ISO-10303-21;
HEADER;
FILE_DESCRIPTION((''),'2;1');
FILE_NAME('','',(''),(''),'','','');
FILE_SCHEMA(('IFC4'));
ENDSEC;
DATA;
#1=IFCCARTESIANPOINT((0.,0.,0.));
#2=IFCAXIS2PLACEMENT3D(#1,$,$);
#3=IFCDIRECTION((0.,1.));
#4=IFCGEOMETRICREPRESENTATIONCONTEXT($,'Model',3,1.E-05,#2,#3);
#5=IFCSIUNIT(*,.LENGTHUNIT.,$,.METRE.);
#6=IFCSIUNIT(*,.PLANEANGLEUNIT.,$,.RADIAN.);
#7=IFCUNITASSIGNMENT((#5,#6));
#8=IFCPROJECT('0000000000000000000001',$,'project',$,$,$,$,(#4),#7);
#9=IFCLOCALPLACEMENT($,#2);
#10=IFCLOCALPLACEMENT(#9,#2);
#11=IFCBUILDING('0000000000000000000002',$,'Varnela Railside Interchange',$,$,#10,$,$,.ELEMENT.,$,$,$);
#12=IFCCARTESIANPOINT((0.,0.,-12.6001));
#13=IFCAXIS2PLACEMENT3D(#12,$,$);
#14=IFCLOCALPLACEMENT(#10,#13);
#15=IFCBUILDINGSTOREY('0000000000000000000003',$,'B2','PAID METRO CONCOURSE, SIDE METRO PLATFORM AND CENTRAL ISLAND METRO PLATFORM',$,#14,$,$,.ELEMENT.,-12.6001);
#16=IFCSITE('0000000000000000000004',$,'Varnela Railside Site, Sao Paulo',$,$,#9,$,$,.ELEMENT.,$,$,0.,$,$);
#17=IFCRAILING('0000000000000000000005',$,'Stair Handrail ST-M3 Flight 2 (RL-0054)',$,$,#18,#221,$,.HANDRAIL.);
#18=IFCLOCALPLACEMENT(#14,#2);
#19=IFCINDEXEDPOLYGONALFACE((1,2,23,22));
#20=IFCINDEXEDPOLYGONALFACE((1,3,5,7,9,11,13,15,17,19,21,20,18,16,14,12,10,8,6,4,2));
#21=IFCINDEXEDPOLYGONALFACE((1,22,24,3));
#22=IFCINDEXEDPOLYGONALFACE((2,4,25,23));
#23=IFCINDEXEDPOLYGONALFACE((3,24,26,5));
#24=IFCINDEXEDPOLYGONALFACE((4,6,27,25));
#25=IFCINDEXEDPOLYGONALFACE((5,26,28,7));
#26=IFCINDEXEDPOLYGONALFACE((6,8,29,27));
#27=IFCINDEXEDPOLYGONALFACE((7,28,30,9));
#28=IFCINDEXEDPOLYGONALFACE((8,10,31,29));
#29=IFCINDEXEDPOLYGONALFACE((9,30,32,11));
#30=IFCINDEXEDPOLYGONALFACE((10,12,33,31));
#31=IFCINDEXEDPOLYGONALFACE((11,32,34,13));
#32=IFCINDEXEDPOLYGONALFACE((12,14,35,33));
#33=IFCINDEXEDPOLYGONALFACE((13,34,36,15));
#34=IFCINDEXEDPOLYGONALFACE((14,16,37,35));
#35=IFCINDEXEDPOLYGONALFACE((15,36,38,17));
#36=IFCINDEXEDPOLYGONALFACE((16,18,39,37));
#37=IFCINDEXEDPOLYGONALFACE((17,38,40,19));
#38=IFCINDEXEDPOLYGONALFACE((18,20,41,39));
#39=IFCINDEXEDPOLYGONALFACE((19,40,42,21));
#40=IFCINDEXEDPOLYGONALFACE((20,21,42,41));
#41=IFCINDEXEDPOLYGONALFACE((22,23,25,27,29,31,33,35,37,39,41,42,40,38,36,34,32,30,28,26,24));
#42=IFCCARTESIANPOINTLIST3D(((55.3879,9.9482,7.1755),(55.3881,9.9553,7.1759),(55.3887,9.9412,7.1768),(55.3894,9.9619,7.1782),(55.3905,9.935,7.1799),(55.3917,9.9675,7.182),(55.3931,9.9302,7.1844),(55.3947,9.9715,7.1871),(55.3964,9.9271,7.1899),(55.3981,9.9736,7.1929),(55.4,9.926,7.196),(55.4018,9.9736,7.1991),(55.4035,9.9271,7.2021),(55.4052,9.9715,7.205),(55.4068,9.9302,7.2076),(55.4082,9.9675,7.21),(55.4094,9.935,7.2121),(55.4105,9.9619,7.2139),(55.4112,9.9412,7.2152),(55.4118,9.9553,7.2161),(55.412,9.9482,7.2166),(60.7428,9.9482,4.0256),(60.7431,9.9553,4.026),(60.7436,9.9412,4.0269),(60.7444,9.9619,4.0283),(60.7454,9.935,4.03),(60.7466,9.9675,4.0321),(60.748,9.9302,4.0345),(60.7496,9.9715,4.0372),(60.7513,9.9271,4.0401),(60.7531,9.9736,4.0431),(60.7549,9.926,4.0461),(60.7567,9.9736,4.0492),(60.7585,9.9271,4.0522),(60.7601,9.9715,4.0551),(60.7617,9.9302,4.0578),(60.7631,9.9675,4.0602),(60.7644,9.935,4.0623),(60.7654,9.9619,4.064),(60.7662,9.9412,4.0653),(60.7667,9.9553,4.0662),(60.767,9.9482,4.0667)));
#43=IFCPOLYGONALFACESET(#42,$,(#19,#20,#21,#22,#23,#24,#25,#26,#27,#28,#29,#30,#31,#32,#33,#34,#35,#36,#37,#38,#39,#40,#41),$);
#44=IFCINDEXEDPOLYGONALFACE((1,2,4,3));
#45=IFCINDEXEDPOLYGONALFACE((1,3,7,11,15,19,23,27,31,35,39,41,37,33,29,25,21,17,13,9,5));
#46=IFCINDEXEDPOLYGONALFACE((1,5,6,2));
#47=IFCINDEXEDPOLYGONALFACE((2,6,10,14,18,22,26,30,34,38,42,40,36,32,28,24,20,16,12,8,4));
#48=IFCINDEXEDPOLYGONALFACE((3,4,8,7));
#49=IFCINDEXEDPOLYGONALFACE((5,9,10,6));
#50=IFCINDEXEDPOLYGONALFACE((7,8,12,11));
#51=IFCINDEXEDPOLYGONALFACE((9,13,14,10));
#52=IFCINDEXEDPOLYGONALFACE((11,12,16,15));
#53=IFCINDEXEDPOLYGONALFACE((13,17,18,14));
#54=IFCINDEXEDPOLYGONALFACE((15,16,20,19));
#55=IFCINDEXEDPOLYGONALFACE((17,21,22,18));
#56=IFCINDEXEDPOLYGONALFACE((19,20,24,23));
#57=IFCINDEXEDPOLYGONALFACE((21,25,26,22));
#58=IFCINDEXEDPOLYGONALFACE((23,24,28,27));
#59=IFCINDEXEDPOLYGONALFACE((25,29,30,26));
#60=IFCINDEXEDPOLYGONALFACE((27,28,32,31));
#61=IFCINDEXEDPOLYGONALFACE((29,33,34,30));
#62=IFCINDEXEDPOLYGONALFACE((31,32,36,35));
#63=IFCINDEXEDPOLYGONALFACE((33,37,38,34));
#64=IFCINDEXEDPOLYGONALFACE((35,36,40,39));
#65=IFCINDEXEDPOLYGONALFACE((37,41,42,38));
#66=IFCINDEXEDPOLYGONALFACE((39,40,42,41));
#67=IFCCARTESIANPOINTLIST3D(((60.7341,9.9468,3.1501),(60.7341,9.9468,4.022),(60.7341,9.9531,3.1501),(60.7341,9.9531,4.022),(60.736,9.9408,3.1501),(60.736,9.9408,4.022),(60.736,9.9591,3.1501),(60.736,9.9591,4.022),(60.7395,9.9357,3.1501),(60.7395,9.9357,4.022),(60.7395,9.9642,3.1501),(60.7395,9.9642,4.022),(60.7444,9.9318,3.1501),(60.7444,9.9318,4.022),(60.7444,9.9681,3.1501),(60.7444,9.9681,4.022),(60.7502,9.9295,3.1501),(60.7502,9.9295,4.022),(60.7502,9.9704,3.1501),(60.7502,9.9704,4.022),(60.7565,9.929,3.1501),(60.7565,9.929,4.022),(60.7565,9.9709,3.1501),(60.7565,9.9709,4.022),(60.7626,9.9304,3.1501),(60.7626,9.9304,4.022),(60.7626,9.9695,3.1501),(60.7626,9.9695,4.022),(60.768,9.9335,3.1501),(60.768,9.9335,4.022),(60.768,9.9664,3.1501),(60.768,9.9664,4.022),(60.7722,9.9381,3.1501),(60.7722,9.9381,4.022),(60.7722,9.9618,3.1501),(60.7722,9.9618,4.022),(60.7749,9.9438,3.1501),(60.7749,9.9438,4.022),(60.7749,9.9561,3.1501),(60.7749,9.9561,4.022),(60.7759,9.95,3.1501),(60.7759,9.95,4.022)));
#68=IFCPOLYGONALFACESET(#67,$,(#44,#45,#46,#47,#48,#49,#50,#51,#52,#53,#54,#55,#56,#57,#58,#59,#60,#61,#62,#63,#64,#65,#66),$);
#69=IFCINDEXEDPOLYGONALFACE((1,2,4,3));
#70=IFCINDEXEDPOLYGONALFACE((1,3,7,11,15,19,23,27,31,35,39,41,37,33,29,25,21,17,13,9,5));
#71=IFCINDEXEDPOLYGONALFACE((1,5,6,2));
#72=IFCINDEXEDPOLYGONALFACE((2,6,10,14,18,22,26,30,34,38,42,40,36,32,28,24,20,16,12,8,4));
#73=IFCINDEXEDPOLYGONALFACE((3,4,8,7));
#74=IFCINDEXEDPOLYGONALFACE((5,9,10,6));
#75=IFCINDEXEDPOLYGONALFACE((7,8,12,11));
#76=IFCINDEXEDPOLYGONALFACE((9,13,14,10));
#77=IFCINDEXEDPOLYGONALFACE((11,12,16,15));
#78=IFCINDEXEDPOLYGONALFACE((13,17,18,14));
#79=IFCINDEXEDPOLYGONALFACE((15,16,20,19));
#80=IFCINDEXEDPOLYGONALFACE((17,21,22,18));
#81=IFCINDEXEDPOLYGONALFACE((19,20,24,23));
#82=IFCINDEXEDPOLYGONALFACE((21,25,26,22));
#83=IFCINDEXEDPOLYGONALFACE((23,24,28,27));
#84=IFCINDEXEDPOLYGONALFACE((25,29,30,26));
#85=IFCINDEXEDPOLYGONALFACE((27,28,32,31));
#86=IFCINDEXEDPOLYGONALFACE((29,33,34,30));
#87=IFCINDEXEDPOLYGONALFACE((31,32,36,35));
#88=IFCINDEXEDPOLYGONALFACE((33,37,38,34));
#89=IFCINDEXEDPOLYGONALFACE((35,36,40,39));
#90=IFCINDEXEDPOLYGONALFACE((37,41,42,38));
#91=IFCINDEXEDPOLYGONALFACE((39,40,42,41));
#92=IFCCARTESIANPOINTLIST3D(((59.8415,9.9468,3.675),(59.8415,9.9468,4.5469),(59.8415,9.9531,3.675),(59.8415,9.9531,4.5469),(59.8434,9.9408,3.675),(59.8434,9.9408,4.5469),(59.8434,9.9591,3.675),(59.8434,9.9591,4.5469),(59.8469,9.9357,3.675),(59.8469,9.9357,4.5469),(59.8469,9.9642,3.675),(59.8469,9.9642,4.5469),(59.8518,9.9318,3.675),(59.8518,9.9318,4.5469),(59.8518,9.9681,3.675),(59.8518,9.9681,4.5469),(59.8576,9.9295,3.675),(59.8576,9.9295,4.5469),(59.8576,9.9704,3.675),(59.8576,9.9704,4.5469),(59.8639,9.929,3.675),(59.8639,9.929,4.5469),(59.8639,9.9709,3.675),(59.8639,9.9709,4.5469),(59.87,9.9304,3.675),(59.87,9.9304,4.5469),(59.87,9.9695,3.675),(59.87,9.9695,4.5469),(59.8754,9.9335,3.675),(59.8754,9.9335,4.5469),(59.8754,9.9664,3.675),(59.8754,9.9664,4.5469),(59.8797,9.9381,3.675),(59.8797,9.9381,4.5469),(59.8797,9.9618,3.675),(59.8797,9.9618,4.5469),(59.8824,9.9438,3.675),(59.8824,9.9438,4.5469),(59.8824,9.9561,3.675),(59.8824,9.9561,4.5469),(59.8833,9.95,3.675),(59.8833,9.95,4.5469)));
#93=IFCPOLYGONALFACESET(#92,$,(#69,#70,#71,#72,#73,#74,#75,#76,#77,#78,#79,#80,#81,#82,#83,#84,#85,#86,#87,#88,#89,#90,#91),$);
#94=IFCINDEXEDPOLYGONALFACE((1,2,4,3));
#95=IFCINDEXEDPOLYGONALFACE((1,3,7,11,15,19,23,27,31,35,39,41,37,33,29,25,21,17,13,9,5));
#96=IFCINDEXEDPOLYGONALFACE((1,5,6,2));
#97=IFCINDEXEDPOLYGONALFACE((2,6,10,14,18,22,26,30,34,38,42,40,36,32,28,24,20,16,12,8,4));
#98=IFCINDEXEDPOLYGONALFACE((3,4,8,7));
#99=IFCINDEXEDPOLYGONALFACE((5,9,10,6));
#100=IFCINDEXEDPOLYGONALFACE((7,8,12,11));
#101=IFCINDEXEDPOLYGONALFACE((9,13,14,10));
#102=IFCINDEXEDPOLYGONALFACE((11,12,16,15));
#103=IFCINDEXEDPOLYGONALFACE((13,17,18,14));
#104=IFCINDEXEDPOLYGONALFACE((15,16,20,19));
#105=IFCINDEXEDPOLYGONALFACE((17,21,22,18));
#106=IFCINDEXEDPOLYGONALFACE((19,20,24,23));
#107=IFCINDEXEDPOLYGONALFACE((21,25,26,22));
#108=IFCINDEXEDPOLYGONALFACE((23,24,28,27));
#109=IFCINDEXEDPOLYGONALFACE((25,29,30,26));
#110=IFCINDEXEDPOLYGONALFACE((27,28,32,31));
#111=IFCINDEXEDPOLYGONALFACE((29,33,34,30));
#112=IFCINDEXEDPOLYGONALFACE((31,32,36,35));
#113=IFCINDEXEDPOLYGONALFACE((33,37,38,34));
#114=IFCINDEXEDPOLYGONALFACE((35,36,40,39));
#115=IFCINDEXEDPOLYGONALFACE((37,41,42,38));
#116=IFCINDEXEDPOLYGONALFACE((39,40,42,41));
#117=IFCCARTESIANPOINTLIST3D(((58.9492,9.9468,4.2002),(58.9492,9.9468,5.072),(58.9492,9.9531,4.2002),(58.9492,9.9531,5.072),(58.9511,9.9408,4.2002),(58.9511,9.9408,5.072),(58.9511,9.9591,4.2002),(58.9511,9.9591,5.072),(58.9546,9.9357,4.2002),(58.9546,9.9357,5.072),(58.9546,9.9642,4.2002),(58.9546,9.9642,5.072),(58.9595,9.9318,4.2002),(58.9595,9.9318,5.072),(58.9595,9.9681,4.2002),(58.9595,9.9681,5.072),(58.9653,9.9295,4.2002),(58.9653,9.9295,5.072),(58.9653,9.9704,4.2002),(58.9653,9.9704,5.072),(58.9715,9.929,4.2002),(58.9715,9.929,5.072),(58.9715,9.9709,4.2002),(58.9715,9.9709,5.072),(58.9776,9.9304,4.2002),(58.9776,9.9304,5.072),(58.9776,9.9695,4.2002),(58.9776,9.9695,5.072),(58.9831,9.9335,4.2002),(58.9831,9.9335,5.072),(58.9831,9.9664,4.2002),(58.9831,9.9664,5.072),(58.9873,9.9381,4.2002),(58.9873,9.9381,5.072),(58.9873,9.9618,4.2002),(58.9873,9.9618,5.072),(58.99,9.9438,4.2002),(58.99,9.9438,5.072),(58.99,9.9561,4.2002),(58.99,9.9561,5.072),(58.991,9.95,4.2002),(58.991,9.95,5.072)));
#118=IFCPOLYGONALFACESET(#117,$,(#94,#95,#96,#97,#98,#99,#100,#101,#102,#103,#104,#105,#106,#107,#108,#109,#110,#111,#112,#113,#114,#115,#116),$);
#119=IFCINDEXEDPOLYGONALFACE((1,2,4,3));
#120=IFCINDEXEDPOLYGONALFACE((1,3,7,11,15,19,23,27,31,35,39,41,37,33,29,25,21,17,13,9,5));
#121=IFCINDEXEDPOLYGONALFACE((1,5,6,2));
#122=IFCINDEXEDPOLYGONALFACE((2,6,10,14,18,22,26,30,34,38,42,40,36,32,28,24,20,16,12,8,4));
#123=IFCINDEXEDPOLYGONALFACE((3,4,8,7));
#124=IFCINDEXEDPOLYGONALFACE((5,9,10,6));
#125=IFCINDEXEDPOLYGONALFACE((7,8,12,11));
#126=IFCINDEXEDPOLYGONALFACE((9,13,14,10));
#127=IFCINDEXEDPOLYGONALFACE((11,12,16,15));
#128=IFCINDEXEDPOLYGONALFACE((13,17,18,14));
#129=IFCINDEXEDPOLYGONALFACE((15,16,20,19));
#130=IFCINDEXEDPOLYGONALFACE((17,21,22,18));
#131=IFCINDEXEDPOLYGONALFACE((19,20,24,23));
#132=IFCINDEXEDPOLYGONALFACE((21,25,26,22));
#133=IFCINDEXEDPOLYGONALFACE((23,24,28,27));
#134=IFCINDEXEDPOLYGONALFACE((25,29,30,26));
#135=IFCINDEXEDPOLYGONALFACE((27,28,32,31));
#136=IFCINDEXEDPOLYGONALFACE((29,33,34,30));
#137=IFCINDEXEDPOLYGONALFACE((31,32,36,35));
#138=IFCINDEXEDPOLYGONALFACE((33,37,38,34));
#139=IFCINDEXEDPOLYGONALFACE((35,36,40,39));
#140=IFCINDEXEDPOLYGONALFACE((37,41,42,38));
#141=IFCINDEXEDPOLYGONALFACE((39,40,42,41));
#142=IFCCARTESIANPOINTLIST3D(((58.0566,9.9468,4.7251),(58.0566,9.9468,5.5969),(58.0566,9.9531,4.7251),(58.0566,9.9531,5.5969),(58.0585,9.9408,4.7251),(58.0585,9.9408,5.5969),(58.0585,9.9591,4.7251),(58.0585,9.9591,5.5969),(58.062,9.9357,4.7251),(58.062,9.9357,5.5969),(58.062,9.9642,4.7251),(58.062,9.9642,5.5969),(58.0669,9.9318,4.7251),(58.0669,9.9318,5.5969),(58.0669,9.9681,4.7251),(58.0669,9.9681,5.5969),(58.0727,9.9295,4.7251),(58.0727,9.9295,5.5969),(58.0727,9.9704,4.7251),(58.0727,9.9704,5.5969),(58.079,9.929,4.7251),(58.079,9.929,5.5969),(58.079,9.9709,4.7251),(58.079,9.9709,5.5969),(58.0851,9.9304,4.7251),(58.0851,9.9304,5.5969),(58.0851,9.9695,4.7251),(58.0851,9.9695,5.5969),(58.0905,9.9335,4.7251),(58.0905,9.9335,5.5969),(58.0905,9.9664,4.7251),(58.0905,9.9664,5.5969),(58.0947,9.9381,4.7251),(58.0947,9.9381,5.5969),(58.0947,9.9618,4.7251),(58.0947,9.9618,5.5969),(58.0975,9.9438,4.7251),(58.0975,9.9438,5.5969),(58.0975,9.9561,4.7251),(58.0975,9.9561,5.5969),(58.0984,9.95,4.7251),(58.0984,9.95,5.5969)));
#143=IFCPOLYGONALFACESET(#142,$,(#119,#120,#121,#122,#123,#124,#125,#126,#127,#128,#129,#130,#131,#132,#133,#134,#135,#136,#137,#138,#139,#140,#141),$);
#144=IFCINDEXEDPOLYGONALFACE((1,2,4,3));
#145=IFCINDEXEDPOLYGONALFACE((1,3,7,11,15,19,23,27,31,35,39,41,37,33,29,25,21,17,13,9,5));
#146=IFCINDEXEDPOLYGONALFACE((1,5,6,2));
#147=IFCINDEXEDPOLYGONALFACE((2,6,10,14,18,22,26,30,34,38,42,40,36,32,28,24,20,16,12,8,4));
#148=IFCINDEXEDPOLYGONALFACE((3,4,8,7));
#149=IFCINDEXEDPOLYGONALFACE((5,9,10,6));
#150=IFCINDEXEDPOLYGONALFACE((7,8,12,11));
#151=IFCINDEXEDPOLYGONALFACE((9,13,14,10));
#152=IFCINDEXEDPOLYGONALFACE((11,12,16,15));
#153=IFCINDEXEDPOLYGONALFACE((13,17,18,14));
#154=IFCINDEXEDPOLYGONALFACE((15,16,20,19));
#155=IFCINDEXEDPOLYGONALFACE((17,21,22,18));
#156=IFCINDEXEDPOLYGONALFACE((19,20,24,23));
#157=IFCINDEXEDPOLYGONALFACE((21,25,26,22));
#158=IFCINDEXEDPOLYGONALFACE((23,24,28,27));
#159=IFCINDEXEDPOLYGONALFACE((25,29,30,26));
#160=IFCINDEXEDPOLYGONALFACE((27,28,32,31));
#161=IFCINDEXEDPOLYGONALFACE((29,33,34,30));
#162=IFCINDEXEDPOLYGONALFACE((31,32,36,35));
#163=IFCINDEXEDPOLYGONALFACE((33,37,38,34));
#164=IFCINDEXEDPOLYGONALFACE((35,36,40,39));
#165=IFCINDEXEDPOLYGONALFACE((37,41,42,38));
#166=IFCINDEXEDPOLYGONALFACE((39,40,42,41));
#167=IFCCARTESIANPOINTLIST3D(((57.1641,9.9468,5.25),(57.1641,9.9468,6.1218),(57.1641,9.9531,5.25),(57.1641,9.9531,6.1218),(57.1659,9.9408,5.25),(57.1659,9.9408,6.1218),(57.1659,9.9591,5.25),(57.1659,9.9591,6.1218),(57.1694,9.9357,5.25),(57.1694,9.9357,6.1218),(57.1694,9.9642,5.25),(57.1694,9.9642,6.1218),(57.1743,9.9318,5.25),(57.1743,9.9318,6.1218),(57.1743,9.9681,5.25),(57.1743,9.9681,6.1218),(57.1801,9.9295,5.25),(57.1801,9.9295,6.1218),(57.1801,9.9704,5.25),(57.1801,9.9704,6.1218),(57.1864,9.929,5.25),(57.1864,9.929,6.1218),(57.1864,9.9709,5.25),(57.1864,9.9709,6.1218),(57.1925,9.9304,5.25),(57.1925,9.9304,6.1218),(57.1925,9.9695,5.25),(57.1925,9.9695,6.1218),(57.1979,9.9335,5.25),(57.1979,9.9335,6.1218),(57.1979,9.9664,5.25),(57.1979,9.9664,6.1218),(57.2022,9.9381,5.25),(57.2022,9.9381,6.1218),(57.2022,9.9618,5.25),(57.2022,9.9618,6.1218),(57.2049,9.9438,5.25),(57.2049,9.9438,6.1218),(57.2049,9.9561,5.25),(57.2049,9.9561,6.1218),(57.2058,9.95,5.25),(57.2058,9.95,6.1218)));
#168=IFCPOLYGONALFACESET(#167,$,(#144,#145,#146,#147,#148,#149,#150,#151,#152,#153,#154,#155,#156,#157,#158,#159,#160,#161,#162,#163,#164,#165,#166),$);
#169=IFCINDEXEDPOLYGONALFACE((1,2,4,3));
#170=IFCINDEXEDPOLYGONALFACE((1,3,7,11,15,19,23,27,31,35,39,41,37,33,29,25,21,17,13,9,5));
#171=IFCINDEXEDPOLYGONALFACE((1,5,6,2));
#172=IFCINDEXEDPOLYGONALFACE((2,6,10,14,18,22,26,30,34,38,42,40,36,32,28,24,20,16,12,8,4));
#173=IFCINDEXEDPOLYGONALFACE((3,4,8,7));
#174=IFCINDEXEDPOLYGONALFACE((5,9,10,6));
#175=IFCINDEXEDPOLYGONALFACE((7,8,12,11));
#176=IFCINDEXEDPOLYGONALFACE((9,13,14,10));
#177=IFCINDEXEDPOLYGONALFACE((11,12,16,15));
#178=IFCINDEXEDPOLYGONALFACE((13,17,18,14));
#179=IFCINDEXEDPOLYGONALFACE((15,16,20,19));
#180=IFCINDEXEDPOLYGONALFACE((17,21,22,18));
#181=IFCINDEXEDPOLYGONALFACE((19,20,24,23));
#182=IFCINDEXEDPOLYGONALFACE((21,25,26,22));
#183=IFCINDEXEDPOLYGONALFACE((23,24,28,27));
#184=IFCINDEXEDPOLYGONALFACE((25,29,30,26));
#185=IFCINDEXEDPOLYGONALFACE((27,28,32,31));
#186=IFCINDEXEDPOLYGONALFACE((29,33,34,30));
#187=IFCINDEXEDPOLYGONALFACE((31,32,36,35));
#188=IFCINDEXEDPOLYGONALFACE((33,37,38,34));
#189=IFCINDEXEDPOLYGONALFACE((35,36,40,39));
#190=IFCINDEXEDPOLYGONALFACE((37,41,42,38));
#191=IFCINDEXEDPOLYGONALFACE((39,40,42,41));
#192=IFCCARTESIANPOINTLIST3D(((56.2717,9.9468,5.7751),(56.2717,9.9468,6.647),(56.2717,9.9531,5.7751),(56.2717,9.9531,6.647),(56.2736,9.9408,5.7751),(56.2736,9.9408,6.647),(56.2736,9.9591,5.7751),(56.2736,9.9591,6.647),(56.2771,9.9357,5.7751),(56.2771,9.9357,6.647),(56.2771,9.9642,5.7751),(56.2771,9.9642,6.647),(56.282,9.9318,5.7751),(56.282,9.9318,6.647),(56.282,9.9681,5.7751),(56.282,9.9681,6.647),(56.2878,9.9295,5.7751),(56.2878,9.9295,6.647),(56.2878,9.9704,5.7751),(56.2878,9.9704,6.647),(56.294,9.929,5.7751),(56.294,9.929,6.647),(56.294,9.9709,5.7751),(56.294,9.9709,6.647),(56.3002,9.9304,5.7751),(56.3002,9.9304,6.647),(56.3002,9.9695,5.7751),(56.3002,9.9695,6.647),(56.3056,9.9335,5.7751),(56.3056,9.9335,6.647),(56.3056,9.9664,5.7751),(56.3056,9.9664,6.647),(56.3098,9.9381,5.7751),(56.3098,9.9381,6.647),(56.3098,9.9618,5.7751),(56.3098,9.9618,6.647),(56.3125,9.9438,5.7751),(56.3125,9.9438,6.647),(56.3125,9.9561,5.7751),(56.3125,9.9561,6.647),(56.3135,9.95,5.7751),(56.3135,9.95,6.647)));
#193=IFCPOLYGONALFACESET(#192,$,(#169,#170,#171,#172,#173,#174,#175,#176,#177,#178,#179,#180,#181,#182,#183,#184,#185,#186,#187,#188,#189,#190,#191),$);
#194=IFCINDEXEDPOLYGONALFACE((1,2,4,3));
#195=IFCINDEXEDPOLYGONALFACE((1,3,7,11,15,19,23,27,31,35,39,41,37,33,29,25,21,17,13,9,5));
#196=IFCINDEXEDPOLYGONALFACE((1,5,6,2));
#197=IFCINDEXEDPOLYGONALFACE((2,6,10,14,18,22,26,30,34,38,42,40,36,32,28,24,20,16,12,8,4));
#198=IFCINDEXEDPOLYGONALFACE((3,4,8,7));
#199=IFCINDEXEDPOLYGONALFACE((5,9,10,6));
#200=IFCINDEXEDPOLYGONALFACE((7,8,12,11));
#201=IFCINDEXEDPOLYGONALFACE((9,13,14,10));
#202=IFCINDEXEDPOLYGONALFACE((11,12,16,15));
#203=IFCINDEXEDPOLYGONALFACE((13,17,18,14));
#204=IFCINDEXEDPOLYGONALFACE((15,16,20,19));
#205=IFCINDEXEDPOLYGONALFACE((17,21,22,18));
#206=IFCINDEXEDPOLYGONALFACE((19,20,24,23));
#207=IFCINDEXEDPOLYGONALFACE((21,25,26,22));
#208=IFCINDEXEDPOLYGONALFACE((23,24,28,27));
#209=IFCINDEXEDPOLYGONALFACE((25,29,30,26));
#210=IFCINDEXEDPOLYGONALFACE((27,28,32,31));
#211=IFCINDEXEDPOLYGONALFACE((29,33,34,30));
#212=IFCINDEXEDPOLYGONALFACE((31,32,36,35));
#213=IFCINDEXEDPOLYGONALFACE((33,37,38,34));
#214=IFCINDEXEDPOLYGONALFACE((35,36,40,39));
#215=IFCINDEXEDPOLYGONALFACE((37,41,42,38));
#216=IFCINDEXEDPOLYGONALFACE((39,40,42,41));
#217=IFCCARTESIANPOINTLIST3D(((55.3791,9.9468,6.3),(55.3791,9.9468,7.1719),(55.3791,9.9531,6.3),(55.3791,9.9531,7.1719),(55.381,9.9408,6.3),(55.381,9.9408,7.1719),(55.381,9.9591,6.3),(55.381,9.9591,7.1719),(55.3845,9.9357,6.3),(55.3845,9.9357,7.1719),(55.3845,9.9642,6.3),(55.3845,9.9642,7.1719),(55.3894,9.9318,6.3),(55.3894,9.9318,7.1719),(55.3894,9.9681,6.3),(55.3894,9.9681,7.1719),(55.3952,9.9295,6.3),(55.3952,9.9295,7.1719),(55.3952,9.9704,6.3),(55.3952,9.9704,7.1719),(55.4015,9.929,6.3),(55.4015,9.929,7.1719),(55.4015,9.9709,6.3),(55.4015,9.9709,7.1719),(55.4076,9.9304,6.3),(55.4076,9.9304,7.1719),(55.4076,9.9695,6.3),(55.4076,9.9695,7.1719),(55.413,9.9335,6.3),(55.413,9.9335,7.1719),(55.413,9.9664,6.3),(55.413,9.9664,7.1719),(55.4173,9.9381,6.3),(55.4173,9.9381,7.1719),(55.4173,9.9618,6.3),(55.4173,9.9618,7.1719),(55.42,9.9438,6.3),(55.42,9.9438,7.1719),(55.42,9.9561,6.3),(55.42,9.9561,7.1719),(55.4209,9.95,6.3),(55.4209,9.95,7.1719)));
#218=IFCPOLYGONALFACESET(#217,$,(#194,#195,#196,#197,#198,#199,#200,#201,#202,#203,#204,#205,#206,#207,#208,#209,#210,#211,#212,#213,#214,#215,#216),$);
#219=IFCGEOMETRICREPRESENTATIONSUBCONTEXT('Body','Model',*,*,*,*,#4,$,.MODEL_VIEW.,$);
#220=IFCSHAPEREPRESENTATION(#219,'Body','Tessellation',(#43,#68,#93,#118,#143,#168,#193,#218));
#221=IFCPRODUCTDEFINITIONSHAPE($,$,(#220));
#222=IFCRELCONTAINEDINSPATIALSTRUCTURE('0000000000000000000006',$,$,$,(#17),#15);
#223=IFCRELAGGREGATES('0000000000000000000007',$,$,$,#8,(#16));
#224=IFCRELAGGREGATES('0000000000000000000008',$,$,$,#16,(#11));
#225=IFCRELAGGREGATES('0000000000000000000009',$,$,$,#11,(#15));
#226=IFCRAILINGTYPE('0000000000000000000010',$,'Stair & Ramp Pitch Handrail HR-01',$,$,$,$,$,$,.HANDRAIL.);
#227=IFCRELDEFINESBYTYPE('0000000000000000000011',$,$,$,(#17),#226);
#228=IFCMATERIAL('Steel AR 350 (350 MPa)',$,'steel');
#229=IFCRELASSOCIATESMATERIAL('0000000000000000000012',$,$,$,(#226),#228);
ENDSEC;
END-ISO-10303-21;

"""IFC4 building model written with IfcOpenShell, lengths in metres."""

from ifc_helpers import new_model, si_unit, direction, frame, origin, origin_2d, place, context, subcontext, project, spatial, circle, extrude, material, type_object, element, save


model = new_model("IFC4")

# Units and contexts
model_context = context("Model", 3, precision=1e-05, world=origin(), true_north=direction((0.0, 1.0)))
body_context = subcontext(model_context, "Body", "Model", "MODEL_VIEW")
ifc_project = project(units=[si_unit("LENGTHUNIT", "METRE"), si_unit("PLANEANGLEUNIT", "RADIAN")], contexts=[model_context])

# Site, building, storey
site_placement = place(None, origin())
site = spatial("IfcSite", under=ifc_project, at=site_placement, Name="Varnela Railside Site, Sao Paulo", CompositionType="ELEMENT", RefElevation=0.0)
building_placement = place(site_placement, origin())
building = spatial("IfcBuilding", under=site, at=building_placement, Name="Varnela Railside Interchange", CompositionType="ELEMENT")
storey_placement = place(building_placement, frame((0.0, 0.0, -12.6001)))
storey = spatial("IfcBuildingStorey", under=building, at=storey_placement, Name="B2", Description="PAID METRO CONCOURSE, SIDE METRO PLATFORM AND CENTRAL ISLAND METRO PLATFORM", CompositionType="ELEMENT", Elevation=-12.6001)

# Railing
ifc_material_1 = material(Name="Steel AR 350 (350 MPa)", Category="steel")
railing_type_1 = type_object("IfcRailingType", Name="Stair & Ramp Pitch Handrail HR-01", PredefinedType="HANDRAIL", material=ifc_material_1)
railing_1_placement = place(storey_placement, frame((60.7549, 9.95, 3.1501)))
element("IfcRailing", 1, at=railing_1_placement, inside=storey, type_object=railing_type_1, Name="Stair Handrail ST-M3 Flight 2 (RL-0054)", PredefinedType="HANDRAIL", context=body_context, shape_type="SweptSolid", body=[
    extrude(circle(Radius=0.0239, at=origin_2d()), frame((0.0, 0.0, 0.896), z_axis=(-0.86194, 0.0, 0.50701), x_axis=(0.0, -1.0, 0.0)), (0.0, 0.0, 1.0), 6.2126),
    extrude(circle(Radius=0.021, at=origin_2d()), origin(), (0.0, 0.0, 1.0), 0.8718),
    extrude(circle(Radius=0.021, at=origin_2d()), frame((-0.8926, 0.0, 0.5249)), (0.0, 0.0, 1.0), 0.8718),
    extrude(circle(Radius=0.021, at=origin_2d()), frame((-1.7849, 0.0, 1.05)), (0.0, 0.0, 1.0), 0.8718),
    extrude(circle(Radius=0.021, at=origin_2d()), frame((-2.6775, 0.0, 1.575)), (0.0, 0.0, 1.0), 0.8718),
    extrude(circle(Radius=0.021, at=origin_2d()), frame((-3.5701, 0.0, 2.0999)), (0.0, 0.0, 1.0), 0.8718),
    extrude(circle(Radius=0.021, at=origin_2d()), frame((-4.4624, 0.0, 2.625)), (0.0, 0.0, 1.0), 0.8718),
    extrude(circle(Radius=0.021, at=origin_2d()), frame((-5.355, 0.0, 3.1499)), (0.0, 0.0, 1.0), 0.8718),
])

save(model, "model.ifc")
